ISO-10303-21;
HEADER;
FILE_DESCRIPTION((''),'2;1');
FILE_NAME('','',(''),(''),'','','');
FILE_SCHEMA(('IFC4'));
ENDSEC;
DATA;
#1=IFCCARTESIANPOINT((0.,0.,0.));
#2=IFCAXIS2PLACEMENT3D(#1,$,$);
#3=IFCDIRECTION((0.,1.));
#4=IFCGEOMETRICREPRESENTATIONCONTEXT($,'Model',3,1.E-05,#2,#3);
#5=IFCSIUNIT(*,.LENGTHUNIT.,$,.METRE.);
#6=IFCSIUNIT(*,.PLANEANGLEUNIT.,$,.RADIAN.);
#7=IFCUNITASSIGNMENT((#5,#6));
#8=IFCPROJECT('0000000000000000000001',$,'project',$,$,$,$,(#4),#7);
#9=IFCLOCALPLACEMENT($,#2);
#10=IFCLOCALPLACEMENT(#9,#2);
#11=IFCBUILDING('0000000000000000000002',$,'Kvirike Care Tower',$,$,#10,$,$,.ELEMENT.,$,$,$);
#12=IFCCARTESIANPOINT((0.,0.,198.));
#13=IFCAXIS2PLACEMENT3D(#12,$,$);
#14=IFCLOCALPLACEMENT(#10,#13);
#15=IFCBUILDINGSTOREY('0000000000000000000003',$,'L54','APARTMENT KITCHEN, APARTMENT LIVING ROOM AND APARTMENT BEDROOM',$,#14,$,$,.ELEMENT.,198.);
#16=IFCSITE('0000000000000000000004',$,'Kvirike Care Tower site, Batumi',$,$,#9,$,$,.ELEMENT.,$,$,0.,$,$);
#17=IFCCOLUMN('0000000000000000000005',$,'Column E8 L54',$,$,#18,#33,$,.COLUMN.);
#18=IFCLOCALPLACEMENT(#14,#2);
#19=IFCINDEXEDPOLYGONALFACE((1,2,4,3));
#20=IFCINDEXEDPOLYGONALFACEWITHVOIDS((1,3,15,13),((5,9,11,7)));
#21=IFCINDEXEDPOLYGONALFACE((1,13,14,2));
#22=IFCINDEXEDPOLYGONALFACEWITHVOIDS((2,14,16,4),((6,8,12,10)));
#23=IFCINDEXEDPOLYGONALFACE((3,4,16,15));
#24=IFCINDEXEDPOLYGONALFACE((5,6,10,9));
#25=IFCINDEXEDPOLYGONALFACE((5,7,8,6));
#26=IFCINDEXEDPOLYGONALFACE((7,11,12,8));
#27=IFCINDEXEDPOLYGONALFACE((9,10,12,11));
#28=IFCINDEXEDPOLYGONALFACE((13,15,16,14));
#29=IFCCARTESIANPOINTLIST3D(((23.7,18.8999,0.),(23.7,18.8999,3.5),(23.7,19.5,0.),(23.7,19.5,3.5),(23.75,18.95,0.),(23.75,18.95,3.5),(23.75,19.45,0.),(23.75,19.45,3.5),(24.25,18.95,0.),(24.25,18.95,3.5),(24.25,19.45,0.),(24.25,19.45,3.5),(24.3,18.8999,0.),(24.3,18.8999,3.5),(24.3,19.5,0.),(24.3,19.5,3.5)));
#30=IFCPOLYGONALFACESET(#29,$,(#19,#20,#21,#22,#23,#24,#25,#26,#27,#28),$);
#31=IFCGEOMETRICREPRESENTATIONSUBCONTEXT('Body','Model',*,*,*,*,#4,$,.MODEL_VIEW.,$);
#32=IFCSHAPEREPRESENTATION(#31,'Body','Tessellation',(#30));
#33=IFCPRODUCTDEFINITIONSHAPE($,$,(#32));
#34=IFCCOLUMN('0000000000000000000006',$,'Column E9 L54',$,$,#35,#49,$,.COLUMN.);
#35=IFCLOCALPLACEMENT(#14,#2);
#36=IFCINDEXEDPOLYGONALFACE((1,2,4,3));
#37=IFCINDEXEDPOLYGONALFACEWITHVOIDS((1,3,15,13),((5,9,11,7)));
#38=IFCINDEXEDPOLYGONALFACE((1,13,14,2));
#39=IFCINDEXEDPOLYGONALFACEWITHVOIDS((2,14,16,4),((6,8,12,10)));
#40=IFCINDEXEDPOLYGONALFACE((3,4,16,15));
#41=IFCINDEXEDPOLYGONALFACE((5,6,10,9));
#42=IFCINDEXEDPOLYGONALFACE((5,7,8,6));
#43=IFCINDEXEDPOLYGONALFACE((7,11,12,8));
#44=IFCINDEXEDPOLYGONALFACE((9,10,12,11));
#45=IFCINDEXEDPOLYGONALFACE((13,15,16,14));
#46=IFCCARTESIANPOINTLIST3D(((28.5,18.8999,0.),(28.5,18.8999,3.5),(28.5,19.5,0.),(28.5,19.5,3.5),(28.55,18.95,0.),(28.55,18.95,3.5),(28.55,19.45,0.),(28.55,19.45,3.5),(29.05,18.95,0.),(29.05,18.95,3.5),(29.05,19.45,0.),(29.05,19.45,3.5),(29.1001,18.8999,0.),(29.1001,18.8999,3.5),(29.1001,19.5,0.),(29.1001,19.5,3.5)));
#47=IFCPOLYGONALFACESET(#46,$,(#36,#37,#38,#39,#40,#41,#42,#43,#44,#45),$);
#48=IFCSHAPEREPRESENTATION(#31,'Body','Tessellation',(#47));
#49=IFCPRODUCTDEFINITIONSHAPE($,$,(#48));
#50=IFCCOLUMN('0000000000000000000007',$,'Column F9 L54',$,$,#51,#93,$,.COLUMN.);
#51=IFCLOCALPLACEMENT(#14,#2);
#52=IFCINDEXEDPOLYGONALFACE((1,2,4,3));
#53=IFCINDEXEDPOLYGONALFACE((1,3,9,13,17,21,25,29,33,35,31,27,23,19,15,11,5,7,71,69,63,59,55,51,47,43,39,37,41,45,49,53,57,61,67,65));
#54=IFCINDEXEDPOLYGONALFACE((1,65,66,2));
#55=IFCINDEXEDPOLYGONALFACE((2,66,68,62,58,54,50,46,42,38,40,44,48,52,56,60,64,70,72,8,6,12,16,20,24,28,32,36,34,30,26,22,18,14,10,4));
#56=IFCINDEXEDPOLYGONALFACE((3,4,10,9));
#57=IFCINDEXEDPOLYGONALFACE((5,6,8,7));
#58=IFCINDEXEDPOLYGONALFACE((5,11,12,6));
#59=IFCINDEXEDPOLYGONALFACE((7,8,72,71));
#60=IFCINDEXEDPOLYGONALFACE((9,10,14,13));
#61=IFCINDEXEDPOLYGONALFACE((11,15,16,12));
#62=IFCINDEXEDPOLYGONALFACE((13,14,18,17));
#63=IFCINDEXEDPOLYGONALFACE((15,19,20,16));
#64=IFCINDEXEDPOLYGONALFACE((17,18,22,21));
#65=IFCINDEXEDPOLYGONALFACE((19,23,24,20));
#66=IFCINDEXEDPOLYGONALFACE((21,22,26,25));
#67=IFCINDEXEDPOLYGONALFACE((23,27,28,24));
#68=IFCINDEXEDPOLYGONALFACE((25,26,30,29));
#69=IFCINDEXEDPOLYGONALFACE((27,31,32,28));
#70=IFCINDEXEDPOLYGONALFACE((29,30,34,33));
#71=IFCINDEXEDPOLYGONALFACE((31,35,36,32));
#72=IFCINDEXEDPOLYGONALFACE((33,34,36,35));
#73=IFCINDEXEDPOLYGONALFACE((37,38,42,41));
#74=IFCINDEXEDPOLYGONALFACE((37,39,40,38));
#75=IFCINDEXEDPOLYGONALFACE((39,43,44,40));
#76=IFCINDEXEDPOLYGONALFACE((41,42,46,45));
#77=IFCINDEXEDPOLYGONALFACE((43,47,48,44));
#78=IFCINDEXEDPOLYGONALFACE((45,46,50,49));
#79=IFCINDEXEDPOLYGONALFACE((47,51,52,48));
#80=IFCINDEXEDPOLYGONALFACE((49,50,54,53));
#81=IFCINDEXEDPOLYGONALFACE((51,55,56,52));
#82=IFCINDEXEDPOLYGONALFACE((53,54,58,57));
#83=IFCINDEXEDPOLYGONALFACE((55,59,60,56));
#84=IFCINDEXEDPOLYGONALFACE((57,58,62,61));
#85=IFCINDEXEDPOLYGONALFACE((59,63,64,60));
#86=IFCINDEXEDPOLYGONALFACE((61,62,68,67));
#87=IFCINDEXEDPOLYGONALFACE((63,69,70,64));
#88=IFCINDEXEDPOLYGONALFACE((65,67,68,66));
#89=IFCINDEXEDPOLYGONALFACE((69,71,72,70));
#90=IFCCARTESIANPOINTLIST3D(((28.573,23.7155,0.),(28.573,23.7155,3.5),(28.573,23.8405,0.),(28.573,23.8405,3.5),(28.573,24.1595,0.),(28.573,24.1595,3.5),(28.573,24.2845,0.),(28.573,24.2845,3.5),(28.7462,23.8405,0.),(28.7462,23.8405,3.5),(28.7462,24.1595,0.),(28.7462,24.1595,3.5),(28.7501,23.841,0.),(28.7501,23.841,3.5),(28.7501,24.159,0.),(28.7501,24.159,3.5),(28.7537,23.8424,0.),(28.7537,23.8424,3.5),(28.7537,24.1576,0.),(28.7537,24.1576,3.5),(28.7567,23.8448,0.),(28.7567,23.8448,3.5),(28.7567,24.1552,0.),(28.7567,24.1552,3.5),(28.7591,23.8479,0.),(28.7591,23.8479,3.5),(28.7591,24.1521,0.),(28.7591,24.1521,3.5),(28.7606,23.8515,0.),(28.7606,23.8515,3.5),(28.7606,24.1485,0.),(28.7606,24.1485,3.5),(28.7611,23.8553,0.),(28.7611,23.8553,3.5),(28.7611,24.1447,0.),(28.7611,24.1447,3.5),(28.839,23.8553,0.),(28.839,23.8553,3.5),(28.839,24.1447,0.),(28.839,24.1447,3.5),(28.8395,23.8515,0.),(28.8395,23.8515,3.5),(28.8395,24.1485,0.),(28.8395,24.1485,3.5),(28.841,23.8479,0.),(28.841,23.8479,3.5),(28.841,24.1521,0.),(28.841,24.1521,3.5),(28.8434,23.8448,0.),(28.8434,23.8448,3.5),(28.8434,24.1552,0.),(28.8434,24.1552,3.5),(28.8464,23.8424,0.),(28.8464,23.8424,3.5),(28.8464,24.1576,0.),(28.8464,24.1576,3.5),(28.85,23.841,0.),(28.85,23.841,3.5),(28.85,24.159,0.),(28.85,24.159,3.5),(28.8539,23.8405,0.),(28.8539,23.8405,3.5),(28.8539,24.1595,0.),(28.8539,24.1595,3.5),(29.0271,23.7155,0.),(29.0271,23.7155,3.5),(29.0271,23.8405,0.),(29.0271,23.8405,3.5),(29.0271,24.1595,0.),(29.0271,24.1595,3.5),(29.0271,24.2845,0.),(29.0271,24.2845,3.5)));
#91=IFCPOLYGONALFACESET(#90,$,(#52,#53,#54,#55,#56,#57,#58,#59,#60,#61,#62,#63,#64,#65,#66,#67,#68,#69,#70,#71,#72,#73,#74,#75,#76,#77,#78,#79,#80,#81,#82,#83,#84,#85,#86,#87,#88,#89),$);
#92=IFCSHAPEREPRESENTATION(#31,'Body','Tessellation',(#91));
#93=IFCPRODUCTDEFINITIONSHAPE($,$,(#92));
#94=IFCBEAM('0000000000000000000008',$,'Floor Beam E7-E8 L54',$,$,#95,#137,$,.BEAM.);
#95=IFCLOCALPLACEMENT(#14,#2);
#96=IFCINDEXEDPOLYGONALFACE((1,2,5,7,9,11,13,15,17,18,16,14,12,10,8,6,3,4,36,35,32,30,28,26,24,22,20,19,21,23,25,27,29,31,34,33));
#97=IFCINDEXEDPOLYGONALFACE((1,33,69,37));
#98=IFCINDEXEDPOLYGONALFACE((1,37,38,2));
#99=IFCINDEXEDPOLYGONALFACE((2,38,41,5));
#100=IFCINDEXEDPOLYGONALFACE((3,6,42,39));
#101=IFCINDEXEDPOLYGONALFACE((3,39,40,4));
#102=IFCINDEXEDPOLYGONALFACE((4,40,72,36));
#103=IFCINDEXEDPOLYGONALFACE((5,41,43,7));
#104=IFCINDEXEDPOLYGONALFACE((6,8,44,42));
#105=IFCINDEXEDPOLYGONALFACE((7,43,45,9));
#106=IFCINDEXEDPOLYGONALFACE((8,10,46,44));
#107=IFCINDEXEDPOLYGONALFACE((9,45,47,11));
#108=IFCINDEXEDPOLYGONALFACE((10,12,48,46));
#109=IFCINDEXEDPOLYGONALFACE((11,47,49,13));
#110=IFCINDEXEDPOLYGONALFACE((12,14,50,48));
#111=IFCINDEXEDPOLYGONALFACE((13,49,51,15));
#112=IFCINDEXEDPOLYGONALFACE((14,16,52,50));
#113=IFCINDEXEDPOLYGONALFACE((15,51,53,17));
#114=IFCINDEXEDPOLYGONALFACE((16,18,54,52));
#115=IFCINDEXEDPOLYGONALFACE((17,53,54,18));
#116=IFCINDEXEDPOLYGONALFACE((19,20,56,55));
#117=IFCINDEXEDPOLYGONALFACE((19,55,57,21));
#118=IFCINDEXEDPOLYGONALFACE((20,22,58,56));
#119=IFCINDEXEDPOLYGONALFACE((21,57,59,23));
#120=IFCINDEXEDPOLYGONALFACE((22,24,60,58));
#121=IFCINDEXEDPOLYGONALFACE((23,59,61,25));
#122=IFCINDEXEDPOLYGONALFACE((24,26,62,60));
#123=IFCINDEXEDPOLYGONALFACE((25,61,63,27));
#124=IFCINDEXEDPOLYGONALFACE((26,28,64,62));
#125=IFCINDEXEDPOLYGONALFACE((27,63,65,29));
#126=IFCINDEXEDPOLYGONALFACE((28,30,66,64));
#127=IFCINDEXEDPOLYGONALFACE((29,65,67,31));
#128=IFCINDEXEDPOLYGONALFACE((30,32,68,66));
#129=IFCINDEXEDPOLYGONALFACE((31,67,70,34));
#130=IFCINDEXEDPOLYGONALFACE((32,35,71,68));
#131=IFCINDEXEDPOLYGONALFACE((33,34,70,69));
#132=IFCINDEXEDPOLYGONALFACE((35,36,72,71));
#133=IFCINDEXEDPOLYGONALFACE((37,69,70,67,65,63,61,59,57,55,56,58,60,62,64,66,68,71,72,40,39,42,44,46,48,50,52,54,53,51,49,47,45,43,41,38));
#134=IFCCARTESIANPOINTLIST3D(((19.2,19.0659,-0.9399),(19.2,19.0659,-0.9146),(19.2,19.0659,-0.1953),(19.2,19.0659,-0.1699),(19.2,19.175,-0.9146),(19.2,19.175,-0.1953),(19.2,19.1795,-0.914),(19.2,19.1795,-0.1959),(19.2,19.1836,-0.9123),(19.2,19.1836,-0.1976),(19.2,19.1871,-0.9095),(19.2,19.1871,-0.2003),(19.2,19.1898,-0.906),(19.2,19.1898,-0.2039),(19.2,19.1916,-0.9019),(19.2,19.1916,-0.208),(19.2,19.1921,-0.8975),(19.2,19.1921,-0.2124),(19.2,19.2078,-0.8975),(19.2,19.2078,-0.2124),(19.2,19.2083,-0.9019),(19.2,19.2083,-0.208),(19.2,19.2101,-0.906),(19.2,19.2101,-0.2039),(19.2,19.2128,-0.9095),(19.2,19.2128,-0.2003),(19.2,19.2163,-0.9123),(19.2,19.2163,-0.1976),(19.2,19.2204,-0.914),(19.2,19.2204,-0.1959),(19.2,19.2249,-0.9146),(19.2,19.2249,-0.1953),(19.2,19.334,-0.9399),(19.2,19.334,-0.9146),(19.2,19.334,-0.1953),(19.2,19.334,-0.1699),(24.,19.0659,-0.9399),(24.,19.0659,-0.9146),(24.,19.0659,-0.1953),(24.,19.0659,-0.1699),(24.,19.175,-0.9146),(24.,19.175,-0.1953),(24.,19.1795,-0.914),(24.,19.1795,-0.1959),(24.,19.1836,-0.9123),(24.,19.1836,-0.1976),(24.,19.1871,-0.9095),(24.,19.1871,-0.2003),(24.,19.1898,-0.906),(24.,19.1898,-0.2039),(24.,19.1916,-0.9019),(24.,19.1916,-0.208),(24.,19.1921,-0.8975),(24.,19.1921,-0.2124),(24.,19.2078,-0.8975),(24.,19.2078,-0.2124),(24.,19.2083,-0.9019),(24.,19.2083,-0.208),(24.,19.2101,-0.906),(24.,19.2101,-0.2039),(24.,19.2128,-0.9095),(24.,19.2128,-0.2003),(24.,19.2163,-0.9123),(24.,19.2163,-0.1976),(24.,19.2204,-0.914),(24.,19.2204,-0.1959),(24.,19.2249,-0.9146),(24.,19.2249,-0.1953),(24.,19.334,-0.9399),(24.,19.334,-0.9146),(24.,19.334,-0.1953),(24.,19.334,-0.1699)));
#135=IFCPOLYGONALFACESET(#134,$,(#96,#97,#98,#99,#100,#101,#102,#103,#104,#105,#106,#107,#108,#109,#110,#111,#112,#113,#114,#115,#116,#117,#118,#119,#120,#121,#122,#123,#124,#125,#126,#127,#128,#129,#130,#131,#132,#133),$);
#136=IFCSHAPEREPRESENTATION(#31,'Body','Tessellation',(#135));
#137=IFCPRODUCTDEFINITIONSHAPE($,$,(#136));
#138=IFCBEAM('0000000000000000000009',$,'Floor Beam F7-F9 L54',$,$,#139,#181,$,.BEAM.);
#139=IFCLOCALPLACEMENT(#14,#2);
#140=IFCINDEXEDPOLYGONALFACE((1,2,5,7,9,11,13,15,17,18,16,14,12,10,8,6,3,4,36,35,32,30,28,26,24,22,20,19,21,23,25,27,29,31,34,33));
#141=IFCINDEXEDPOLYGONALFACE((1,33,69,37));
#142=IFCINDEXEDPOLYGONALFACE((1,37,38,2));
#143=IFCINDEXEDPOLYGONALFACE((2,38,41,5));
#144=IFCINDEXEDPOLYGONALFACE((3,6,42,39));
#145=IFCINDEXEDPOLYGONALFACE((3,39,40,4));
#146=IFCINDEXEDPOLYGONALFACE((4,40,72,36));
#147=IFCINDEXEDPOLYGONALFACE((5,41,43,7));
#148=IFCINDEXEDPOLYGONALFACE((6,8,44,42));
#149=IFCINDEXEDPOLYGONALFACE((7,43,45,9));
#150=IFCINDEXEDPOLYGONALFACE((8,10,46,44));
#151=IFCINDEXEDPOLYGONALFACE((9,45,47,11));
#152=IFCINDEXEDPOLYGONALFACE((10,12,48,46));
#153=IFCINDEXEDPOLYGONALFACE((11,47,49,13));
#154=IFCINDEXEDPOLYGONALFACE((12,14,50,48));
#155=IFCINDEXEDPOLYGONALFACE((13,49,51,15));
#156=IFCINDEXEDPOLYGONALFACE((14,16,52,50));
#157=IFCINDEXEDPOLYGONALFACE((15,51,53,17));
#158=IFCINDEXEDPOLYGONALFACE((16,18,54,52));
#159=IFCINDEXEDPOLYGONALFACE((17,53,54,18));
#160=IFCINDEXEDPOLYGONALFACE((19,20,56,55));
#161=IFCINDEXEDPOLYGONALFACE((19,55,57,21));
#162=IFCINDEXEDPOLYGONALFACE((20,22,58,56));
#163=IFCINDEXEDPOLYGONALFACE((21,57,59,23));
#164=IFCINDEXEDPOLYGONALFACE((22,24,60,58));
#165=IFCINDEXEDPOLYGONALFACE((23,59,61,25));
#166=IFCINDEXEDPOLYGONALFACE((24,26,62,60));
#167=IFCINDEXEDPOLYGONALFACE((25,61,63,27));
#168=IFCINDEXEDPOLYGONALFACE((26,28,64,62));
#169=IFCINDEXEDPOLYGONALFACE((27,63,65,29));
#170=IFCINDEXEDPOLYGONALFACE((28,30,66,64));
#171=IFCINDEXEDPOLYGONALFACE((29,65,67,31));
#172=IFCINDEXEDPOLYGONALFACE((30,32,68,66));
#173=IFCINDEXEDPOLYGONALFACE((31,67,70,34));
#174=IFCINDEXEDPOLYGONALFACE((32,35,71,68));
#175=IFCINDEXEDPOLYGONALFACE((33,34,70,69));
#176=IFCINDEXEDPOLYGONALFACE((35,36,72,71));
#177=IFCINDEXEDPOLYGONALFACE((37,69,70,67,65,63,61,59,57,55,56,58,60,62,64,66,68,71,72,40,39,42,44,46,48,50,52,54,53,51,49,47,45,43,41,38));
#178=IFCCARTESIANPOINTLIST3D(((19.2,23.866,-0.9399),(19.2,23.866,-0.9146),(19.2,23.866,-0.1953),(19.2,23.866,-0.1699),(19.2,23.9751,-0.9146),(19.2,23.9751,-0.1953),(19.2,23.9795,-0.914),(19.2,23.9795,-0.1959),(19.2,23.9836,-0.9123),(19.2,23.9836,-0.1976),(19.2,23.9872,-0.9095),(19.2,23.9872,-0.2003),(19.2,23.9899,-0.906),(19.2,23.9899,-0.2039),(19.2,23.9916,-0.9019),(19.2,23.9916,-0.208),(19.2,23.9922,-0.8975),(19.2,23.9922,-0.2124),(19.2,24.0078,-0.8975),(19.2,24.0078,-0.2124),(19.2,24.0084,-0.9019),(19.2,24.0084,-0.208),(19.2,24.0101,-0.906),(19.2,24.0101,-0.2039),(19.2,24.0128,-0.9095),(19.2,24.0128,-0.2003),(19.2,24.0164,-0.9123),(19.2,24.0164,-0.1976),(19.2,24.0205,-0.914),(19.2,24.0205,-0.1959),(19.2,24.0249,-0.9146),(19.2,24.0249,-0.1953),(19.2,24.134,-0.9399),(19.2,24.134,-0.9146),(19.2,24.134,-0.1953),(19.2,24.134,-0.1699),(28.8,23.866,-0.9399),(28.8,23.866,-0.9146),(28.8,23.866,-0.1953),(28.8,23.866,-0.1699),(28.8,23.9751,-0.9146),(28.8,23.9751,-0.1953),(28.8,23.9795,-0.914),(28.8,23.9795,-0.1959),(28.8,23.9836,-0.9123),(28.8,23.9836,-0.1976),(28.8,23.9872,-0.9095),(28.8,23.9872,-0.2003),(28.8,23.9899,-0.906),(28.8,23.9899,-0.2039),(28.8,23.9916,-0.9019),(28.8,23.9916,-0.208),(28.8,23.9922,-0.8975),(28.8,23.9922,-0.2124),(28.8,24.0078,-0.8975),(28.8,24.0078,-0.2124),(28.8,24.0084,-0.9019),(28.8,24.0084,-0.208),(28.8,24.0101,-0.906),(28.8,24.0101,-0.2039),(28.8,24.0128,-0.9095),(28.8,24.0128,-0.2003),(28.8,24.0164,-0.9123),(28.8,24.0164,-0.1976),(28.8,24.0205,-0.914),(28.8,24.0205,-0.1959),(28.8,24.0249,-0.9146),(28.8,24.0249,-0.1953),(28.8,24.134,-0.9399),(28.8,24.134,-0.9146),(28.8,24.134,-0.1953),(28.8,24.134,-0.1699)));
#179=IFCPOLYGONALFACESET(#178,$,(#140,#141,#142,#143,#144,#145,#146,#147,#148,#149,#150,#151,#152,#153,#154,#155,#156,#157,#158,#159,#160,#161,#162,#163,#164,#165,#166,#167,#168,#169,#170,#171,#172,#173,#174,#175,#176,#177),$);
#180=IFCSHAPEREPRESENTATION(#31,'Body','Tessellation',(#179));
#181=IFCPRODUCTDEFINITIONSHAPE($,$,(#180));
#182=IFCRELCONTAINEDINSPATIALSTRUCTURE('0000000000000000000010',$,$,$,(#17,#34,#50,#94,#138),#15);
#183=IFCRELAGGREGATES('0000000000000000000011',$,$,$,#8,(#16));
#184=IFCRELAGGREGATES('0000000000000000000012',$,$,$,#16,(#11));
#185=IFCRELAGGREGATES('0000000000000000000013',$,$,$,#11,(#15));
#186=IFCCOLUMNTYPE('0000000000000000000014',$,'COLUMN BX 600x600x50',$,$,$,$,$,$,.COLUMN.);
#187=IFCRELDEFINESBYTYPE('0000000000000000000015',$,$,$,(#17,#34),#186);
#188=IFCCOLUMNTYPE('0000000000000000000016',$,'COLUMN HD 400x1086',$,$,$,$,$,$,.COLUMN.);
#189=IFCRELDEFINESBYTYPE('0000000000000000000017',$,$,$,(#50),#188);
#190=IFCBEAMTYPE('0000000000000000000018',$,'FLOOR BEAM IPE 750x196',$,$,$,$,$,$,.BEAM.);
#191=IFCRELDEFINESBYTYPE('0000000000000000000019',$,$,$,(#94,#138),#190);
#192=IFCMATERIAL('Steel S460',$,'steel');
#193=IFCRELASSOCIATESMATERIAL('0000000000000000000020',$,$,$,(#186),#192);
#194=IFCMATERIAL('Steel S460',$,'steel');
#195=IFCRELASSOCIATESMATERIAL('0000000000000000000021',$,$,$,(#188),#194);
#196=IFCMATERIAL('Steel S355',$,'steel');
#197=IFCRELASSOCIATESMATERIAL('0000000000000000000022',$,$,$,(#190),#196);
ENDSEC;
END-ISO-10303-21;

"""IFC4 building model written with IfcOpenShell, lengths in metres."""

from ifc_helpers import new_model, si_unit, direction, frame, origin, origin_2d, place, context, subcontext, project, spatial, hollow_rectangle, i_section, extrude, material, material_profile, profile_set, type_object, element, save


model = new_model("IFC4")

# Units and contexts
model_context = context("Model", 3, precision=1e-05, world=origin(), true_north=direction((0.0, 1.0)))
body_context = subcontext(model_context, "Body", "Model", "MODEL_VIEW")
ifc_project = project(units=[si_unit("LENGTHUNIT", "METRE"), si_unit("PLANEANGLEUNIT", "RADIAN")], contexts=[model_context])

# Site, building, storey
site_placement = place(None, origin())
site = spatial("IfcSite", under=ifc_project, at=site_placement, Name="Kvirike Care Tower site, Batumi", CompositionType="ELEMENT", RefElevation=0.0)
building_placement = place(site_placement, origin())
building = spatial("IfcBuilding", under=site, at=building_placement, Name="Kvirike Care Tower", CompositionType="ELEMENT")
storey_placement = place(building_placement, frame((0.0, 0.0, 198.0)))
storey = spatial("IfcBuildingStorey", under=building, at=storey_placement, Name="L54", Description="APARTMENT KITCHEN, APARTMENT LIVING ROOM AND APARTMENT BEDROOM", CompositionType="ELEMENT", Elevation=198.0)

# Columns
ifc_material_1 = material(Name="Steel S460", Category="steel")
ifc_material_profile_1 = material_profile(ifc_material_1, hollow_rectangle(XDim=0.6001, YDim=0.6001, WallThickness=0.05, at=origin_2d()), Name="BX 600x600x50")
ifc_profile_set_1 = profile_set([ifc_material_profile_1], Name="Steel S460")
column_type_1 = type_object("IfcColumnType", Name="COLUMN BX 600x600x50", PredefinedType="COLUMN", material=ifc_profile_set_1)
for number, where, z_axis, x_axis, name in (
    (1, (24.0, 19.2, 0.0), (0.0, 0.0, 1.0), (0.0, 1.0, 0.0), "Column E8 L54"),
    (2, (28.8, 19.2, 0.0), (0.0, 0.0, 1.0), (0.0, 1.0, 0.0), "Column E9 L54"),
):
    element("IfcColumn", number, at=place(storey_placement, frame(where, z_axis=z_axis, x_axis=x_axis)), inside=storey, type_object=column_type_1, Name=name, PredefinedType="COLUMN", context=body_context, shape_type="SweptSolid", body=[
        extrude(hollow_rectangle(XDim=0.6001, YDim=0.6001, WallThickness=0.05, at=origin_2d()), origin(), (0.0, 0.0, 1.0), 3.5),
    ])
ifc_material_2 = material(Name="Steel S460", Category="steel")
ifc_material_profile_2 = material_profile(ifc_material_2, i_section(OverallWidth=0.4541, OverallDepth=0.5691, WebThickness=0.0779, FlangeThickness=0.125, FilletRadius=0.0149, at=origin_2d()), Name="HD 400x1086")
ifc_profile_set_2 = profile_set([ifc_material_profile_2], Name="Steel S460")
column_type_2 = type_object("IfcColumnType", Name="COLUMN HD 400x1086", PredefinedType="COLUMN", material=ifc_profile_set_2)
column_placement = place(storey_placement, frame((28.8, 24.0, 0.0), z_axis=(0.0, 0.0, 1.0), x_axis=(1.0, 0.0, 0.0)))
element("IfcColumn", 3, at=column_placement, inside=storey, type_object=column_type_2, Name="Column F9 L54", PredefinedType="COLUMN", context=body_context, shape_type="SweptSolid", body=[
    extrude(i_section(OverallWidth=0.4541, OverallDepth=0.5691, WebThickness=0.0779, FlangeThickness=0.125, FilletRadius=0.0149, at=origin_2d()), origin(), (0.0, 0.0, 1.0), 3.5),
])

# Beams
ifc_material_3 = material(Name="Steel S355", Category="steel")
ifc_material_profile_3 = material_profile(ifc_material_3, i_section(OverallWidth=0.2681, OverallDepth=0.77, WebThickness=0.0156, FlangeThickness=0.0254, FilletRadius=0.0171, at=origin_2d()), Name="IPE 750x196")
ifc_profile_set_3 = profile_set([ifc_material_profile_3], Name="Steel S355")
beam_type_1 = type_object("IfcBeamType", Name="FLOOR BEAM IPE 750x196", PredefinedType="BEAM", material=ifc_profile_set_3)
beam_placement = place(storey_placement, frame((19.2, 19.2, -0.5549), z_axis=(1.0, 0.0, 0.0), x_axis=(0.0, 1.0, 0.0)))
element("IfcBeam", 4, at=beam_placement, inside=storey, type_object=beam_type_1, Name="Floor Beam E7-E8 L54", PredefinedType="BEAM", context=body_context, shape_type="SweptSolid", body=[
    extrude(i_section(OverallWidth=0.2681, OverallDepth=0.77, WebThickness=0.0156, FlangeThickness=0.0254, FilletRadius=0.0171, at=origin_2d()), origin(), (0.0, 0.0, 1.0), 4.8),
])
for number, where, z_axis, x_axis, name in (
    (5, (19.2, 24.0, -0.5549), (1.0, 0.0, 0.0), (0.0, 1.0, 0.0), "Floor Beam F7-F9 L54"),
):
    element("IfcBeam", number, at=place(storey_placement, frame(where, z_axis=z_axis, x_axis=x_axis)), inside=storey, type_object=beam_type_1, Name=name, PredefinedType="BEAM", context=body_context, shape_type="SweptSolid", body=[
        extrude(i_section(OverallWidth=0.2681, OverallDepth=0.77, WebThickness=0.0156, FlangeThickness=0.0254, FilletRadius=0.0171, at=origin_2d()), origin(), (0.0, 0.0, 1.0), 9.6001),
    ])

save(model, "model.ifc")
